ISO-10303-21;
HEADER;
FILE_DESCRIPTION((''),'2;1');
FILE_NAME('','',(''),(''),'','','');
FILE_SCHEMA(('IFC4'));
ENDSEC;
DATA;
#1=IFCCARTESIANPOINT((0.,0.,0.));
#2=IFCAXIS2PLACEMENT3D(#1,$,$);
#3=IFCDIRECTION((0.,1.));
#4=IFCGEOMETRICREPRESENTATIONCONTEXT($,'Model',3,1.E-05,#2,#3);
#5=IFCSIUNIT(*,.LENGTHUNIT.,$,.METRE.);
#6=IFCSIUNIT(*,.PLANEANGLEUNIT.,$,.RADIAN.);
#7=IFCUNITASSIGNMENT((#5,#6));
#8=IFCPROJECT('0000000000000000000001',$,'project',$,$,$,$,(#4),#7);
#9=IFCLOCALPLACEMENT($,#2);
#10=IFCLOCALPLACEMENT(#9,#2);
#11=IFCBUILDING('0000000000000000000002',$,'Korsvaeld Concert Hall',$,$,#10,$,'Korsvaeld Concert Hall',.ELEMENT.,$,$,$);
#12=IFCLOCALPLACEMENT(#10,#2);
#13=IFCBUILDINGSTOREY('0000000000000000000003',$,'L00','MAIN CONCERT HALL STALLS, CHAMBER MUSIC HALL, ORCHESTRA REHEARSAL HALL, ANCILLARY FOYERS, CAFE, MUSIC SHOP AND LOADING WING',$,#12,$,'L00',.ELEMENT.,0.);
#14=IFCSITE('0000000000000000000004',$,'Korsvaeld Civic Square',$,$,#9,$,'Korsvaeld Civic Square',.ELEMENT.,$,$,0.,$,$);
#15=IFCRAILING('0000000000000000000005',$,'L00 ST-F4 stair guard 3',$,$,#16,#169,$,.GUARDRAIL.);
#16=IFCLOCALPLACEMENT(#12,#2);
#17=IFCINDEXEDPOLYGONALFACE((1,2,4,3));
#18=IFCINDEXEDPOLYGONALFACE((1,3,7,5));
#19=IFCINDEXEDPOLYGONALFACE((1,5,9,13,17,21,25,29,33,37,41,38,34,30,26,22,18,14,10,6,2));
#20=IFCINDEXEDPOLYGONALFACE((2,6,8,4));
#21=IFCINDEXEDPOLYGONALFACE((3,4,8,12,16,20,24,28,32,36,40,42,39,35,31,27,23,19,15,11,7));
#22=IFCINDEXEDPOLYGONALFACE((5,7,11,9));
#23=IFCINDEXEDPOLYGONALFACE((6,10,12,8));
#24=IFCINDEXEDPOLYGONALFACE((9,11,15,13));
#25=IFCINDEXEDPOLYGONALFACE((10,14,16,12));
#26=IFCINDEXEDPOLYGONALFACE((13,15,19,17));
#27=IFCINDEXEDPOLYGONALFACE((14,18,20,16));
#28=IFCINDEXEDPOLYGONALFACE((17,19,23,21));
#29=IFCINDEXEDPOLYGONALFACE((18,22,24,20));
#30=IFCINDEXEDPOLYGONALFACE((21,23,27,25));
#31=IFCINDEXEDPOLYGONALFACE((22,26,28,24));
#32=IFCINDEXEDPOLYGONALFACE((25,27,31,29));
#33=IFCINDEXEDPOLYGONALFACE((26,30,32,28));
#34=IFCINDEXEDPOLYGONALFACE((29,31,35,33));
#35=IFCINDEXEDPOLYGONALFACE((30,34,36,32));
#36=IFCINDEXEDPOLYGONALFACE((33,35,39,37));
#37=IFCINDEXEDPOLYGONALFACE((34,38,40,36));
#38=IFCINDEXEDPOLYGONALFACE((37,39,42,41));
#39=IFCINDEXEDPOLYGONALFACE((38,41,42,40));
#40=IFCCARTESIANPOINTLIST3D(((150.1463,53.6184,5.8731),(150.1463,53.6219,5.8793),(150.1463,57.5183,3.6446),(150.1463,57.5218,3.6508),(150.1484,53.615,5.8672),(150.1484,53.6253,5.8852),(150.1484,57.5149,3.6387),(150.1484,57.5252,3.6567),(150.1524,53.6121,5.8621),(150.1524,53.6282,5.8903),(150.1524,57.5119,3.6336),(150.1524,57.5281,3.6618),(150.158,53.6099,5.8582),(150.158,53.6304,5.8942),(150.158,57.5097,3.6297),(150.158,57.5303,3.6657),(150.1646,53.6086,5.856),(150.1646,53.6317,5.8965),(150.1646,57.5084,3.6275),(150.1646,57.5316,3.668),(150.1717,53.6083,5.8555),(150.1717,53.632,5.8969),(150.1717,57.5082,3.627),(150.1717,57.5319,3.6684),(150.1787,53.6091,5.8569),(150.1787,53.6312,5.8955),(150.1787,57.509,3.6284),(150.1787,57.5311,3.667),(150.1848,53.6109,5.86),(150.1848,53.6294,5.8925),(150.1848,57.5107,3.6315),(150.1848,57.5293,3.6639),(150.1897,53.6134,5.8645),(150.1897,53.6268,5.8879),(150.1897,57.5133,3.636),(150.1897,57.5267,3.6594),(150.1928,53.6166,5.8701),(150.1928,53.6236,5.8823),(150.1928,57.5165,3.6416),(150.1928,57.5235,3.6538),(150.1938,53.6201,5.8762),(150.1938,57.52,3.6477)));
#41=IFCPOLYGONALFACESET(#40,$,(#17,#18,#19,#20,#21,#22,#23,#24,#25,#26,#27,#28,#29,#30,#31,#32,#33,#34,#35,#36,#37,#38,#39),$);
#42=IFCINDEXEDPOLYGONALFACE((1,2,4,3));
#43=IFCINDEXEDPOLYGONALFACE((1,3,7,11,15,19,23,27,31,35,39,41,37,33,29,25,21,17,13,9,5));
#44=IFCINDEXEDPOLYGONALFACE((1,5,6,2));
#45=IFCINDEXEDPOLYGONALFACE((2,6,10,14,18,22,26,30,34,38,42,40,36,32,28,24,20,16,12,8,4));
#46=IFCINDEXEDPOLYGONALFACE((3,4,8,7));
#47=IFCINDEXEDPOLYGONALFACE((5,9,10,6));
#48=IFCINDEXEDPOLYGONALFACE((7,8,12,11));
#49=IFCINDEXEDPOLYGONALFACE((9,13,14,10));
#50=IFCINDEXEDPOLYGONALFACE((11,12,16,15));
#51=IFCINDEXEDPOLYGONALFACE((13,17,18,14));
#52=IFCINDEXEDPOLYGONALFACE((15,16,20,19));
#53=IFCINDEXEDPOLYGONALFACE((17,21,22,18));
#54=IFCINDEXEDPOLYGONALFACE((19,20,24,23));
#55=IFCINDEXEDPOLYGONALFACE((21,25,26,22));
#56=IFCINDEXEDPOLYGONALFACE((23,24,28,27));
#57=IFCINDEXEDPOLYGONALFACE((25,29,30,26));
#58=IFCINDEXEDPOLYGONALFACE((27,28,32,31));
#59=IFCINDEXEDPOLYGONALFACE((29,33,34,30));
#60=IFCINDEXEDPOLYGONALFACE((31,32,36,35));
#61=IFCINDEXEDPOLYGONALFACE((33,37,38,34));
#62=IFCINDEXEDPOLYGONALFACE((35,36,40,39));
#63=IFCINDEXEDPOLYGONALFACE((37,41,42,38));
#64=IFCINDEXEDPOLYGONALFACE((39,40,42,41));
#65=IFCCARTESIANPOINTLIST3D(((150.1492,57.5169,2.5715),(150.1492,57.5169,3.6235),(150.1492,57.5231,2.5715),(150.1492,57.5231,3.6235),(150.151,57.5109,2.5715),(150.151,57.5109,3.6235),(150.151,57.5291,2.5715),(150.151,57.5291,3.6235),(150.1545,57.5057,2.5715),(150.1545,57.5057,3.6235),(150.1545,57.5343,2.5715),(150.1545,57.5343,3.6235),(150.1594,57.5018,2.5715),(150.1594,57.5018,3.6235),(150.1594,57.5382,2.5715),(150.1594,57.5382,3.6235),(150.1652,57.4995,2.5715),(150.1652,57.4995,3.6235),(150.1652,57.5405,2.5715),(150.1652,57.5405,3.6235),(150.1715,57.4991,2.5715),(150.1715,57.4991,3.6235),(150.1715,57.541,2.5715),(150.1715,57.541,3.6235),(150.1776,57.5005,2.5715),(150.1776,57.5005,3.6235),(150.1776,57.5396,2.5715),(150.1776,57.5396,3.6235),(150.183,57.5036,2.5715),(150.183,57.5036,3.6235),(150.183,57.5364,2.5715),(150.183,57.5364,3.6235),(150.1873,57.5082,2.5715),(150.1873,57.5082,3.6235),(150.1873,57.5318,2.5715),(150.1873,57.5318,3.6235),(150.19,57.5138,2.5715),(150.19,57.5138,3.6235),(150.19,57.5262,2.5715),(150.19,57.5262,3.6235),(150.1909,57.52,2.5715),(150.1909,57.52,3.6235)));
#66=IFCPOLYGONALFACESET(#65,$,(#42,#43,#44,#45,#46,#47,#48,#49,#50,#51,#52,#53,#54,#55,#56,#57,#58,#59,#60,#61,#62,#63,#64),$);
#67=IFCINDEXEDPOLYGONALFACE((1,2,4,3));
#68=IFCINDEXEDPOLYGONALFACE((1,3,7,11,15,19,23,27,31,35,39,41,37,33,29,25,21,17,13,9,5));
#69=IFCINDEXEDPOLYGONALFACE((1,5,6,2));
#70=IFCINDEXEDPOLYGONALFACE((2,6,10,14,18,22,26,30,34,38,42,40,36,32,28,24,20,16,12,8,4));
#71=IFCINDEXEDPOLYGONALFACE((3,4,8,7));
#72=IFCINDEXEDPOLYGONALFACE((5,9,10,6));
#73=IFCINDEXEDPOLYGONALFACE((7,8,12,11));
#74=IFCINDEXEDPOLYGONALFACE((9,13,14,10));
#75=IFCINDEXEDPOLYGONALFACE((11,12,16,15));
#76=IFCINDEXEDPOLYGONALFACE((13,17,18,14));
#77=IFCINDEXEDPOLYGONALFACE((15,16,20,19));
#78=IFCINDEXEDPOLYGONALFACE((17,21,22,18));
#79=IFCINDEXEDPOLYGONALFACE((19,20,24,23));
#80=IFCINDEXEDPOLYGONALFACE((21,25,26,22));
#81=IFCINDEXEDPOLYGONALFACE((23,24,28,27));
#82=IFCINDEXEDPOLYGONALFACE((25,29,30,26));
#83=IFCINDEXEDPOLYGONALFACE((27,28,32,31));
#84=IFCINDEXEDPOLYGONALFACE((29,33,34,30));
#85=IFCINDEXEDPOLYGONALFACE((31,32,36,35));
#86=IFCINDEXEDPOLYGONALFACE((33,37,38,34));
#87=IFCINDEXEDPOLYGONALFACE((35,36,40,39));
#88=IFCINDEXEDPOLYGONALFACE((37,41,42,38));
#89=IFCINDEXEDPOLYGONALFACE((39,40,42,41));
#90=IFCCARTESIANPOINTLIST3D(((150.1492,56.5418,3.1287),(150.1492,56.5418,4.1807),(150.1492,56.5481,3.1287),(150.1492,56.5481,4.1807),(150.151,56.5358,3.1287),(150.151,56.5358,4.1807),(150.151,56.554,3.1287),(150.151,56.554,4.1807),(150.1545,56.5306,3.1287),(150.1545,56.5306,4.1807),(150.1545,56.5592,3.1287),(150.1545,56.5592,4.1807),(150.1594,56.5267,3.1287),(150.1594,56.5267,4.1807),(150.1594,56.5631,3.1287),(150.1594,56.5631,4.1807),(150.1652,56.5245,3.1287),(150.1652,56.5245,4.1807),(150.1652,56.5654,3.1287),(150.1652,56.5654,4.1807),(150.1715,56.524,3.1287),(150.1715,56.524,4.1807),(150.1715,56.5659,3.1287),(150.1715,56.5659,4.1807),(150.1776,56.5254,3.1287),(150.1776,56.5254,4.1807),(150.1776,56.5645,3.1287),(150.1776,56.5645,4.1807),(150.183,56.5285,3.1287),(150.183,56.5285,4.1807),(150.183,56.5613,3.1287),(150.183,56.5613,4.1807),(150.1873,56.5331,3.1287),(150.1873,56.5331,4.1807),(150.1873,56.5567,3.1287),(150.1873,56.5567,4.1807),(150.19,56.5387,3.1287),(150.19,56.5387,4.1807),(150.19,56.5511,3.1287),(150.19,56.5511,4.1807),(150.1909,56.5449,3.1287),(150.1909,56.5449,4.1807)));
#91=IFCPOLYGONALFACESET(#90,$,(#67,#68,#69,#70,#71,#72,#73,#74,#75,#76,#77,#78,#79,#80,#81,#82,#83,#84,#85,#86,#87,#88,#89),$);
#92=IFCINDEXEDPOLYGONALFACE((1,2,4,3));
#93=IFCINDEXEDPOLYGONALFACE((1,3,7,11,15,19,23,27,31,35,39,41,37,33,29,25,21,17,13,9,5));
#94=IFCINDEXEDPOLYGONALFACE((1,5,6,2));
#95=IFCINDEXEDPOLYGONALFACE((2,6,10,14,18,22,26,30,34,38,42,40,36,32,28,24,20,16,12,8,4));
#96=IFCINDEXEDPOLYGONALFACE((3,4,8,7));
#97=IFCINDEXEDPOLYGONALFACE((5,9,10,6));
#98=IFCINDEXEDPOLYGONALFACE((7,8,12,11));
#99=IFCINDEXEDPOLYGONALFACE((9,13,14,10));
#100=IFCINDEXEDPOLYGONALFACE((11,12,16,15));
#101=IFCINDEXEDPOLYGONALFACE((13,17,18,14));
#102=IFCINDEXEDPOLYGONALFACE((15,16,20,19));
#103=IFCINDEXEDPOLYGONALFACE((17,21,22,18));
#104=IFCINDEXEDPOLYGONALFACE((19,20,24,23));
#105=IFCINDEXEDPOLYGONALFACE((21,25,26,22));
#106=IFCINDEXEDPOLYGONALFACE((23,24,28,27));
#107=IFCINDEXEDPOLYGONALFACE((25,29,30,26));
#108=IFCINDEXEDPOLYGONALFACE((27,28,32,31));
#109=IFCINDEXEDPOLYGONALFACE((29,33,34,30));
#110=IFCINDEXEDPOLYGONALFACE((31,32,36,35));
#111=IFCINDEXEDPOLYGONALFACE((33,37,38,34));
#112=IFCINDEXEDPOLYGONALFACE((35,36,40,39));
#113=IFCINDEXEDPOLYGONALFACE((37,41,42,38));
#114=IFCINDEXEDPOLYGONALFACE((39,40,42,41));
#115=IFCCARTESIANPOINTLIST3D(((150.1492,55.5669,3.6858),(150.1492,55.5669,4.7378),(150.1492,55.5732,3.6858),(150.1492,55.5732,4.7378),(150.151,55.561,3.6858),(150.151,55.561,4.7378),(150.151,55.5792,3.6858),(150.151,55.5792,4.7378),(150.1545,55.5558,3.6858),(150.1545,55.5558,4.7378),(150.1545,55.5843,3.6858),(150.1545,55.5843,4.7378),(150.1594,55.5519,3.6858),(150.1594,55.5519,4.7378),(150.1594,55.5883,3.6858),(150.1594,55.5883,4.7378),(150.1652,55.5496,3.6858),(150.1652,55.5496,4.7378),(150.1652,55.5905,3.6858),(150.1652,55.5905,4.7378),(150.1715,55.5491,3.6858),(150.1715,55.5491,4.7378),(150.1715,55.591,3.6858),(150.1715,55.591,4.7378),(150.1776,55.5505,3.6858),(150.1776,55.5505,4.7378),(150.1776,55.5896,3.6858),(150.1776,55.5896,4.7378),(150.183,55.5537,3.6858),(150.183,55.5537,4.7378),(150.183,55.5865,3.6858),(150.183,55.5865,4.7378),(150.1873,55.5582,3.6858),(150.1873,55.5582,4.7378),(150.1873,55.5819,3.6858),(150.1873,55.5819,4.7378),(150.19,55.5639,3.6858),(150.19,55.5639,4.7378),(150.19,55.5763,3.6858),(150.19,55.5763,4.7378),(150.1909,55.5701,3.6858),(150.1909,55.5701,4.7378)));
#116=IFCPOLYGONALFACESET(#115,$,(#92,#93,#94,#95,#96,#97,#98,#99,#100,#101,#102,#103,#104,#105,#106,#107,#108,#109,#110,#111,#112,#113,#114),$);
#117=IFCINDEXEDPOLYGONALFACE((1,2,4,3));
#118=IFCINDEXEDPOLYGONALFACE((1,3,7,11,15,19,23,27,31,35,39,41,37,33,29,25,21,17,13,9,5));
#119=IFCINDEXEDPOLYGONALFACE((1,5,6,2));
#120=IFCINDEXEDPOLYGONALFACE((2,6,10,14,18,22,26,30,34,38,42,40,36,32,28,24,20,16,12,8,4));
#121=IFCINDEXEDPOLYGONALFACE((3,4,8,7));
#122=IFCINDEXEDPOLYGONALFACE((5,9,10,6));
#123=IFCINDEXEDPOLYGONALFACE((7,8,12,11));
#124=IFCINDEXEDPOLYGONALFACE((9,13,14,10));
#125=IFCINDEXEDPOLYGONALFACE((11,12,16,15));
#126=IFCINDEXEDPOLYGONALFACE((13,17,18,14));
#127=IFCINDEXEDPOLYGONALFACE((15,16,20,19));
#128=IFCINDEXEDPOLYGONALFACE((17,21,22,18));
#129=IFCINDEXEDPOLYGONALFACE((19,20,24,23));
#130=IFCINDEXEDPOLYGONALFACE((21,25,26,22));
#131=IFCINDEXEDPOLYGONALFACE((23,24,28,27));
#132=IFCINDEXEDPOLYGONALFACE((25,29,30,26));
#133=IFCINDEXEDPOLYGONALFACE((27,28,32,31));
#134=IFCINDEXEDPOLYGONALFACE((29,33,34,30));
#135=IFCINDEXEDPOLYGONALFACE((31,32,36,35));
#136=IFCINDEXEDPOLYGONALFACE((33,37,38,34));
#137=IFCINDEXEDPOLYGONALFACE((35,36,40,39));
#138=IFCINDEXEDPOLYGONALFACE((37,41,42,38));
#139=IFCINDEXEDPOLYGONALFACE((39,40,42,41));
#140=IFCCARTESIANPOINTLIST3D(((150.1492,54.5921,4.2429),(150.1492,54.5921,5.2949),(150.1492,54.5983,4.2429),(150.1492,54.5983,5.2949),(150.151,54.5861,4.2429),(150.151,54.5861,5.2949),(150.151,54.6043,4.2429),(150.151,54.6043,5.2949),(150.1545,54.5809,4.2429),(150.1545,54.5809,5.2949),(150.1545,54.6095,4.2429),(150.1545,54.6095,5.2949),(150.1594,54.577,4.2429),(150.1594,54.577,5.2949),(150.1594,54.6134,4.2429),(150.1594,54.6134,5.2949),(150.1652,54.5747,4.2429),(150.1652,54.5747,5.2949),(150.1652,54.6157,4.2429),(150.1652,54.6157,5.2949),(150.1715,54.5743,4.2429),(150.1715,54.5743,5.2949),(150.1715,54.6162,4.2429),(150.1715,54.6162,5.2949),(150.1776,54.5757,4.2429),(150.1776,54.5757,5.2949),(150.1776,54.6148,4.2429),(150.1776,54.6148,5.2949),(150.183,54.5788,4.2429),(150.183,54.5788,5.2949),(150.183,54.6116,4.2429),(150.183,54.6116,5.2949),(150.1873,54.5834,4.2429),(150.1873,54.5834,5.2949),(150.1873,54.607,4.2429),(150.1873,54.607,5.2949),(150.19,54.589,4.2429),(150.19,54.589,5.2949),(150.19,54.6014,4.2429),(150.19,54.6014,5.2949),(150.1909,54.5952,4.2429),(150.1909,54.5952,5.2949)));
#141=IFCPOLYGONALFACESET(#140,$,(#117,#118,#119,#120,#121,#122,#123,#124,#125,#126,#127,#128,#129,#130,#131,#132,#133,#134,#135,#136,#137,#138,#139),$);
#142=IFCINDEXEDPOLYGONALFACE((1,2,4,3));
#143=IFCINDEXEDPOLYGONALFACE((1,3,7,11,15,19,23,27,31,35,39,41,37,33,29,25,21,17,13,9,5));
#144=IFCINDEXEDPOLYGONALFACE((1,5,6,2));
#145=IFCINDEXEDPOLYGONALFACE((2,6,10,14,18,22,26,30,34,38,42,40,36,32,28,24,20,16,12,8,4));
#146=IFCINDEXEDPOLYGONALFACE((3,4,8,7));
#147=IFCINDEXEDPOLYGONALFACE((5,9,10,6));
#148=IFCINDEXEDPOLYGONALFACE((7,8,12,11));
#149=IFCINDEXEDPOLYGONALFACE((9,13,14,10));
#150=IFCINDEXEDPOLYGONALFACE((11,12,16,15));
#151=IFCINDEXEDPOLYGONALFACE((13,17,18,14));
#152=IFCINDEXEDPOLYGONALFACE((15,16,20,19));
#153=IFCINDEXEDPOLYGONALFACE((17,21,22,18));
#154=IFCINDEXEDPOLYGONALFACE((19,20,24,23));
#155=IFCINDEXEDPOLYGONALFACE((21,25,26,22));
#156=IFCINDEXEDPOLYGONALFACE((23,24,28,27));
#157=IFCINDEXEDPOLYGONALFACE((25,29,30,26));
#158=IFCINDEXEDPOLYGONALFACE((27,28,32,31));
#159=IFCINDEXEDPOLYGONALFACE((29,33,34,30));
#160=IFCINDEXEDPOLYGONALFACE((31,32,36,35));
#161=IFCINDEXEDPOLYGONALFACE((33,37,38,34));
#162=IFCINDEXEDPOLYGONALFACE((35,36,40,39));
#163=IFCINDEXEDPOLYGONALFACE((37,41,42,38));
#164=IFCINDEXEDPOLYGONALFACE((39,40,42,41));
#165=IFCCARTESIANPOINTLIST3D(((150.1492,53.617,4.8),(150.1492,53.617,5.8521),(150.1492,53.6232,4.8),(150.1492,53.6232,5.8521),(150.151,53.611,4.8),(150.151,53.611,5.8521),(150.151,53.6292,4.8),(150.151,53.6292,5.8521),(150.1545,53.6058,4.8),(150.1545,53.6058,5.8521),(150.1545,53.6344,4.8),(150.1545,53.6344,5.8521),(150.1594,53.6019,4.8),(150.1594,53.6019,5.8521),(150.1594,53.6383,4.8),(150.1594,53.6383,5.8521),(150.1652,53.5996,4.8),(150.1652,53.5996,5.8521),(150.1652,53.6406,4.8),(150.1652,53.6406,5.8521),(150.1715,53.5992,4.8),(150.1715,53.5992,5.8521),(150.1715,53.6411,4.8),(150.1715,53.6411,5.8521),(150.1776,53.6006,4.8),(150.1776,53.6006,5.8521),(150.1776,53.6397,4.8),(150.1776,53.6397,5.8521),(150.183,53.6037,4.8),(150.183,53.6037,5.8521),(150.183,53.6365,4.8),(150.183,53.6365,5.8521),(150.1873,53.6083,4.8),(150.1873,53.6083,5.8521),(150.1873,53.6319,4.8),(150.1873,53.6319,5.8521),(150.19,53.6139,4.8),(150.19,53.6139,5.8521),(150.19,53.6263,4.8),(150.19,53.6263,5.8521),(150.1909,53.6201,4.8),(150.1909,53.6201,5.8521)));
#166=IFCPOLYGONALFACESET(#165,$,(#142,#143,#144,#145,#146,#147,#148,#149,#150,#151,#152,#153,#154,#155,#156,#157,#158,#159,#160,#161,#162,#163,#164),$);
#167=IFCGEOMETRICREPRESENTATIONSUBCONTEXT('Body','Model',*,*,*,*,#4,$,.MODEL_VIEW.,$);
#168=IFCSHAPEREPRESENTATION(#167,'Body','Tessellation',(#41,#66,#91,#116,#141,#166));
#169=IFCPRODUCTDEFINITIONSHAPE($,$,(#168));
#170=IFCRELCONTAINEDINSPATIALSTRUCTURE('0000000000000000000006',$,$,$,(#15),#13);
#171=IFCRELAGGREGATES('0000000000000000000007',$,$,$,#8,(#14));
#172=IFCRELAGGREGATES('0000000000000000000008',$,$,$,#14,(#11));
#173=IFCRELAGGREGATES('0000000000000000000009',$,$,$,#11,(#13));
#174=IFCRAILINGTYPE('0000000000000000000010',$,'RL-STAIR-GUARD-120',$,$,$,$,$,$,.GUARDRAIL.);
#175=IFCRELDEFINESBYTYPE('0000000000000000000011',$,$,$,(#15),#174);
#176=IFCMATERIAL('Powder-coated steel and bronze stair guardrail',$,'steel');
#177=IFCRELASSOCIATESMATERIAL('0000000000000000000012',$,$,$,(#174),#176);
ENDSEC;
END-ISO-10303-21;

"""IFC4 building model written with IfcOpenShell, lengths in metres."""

from ifc_helpers import new_model, si_unit, direction, frame, origin, origin_2d, place, context, subcontext, project, spatial, circle, extrude, material, type_object, element, save


model = new_model("IFC4")

# Units and contexts
model_context = context("Model", 3, precision=1e-05, world=origin(), true_north=direction((0.0, 1.0)))
body_context = subcontext(model_context, "Body", "Model", "MODEL_VIEW")
ifc_project = project(units=[si_unit("LENGTHUNIT", "METRE"), si_unit("PLANEANGLEUNIT", "RADIAN")], contexts=[model_context])

# Site, building, storey
site_placement = place(None, origin())
site = spatial("IfcSite", under=ifc_project, at=site_placement, Name="Korsvaeld Civic Square", LongName="Korsvaeld Civic Square", CompositionType="ELEMENT", RefElevation=0.0)
building_placement = place(site_placement, origin())
building = spatial("IfcBuilding", under=site, at=building_placement, Name="Korsvaeld Concert Hall", LongName="Korsvaeld Concert Hall", CompositionType="ELEMENT")
storey_placement = place(building_placement, origin())
storey = spatial("IfcBuildingStorey", under=building, at=storey_placement, Name="L00", Description="MAIN CONCERT HALL STALLS, CHAMBER MUSIC HALL, ORCHESTRA REHEARSAL HALL, ANCILLARY FOYERS, CAFE, MUSIC SHOP AND LOADING WING", LongName="L00", CompositionType="ELEMENT", Elevation=0.0)

# Railing
ifc_material_1 = material(Name="Powder-coated steel and bronze stair guardrail", Category="steel")
railing_type_1 = type_object("IfcRailingType", Name="RL-STAIR-GUARD-120", PredefinedType="GUARDRAIL", material=ifc_material_1)
railing_1_placement = place(storey_placement, frame((150.1699, 57.52, 2.5715)))
element("IfcRailing", 1, at=railing_1_placement, inside=storey, type_object=railing_type_1, Name="L00 ST-F4 stair guard 3", PredefinedType="GUARDRAIL", context=body_context, shape_type="SweptSolid", body=[
    extrude(circle(Radius=0.0239, at=origin_2d()), frame((0.0, 0.0, 1.0762), z_axis=(0.0, -0.868243, 0.496139), x_axis=(1.0, 0.0, 0.0)), (0.0, 0.0, 1.0), 4.4917),
    extrude(circle(Radius=0.021, at=origin_2d()), origin(), (0.0, 0.0, 1.0), 1.052),
    extrude(circle(Radius=0.021, at=origin_2d()), frame((0.0, -0.9751, 0.5571)), (0.0, 0.0, 1.0), 1.052),
    extrude(circle(Radius=0.021, at=origin_2d()), frame((0.0, -1.95, 1.1143)), (0.0, 0.0, 1.0), 1.052),
    extrude(circle(Radius=0.021, at=origin_2d()), frame((0.0, -2.9248, 1.6714)), (0.0, 0.0, 1.0), 1.052),
    extrude(circle(Radius=0.021, at=origin_2d()), frame((0.0, -3.8999, 2.2285)), (0.0, 0.0, 1.0), 1.052),
])

save(model, "model.ifc")
